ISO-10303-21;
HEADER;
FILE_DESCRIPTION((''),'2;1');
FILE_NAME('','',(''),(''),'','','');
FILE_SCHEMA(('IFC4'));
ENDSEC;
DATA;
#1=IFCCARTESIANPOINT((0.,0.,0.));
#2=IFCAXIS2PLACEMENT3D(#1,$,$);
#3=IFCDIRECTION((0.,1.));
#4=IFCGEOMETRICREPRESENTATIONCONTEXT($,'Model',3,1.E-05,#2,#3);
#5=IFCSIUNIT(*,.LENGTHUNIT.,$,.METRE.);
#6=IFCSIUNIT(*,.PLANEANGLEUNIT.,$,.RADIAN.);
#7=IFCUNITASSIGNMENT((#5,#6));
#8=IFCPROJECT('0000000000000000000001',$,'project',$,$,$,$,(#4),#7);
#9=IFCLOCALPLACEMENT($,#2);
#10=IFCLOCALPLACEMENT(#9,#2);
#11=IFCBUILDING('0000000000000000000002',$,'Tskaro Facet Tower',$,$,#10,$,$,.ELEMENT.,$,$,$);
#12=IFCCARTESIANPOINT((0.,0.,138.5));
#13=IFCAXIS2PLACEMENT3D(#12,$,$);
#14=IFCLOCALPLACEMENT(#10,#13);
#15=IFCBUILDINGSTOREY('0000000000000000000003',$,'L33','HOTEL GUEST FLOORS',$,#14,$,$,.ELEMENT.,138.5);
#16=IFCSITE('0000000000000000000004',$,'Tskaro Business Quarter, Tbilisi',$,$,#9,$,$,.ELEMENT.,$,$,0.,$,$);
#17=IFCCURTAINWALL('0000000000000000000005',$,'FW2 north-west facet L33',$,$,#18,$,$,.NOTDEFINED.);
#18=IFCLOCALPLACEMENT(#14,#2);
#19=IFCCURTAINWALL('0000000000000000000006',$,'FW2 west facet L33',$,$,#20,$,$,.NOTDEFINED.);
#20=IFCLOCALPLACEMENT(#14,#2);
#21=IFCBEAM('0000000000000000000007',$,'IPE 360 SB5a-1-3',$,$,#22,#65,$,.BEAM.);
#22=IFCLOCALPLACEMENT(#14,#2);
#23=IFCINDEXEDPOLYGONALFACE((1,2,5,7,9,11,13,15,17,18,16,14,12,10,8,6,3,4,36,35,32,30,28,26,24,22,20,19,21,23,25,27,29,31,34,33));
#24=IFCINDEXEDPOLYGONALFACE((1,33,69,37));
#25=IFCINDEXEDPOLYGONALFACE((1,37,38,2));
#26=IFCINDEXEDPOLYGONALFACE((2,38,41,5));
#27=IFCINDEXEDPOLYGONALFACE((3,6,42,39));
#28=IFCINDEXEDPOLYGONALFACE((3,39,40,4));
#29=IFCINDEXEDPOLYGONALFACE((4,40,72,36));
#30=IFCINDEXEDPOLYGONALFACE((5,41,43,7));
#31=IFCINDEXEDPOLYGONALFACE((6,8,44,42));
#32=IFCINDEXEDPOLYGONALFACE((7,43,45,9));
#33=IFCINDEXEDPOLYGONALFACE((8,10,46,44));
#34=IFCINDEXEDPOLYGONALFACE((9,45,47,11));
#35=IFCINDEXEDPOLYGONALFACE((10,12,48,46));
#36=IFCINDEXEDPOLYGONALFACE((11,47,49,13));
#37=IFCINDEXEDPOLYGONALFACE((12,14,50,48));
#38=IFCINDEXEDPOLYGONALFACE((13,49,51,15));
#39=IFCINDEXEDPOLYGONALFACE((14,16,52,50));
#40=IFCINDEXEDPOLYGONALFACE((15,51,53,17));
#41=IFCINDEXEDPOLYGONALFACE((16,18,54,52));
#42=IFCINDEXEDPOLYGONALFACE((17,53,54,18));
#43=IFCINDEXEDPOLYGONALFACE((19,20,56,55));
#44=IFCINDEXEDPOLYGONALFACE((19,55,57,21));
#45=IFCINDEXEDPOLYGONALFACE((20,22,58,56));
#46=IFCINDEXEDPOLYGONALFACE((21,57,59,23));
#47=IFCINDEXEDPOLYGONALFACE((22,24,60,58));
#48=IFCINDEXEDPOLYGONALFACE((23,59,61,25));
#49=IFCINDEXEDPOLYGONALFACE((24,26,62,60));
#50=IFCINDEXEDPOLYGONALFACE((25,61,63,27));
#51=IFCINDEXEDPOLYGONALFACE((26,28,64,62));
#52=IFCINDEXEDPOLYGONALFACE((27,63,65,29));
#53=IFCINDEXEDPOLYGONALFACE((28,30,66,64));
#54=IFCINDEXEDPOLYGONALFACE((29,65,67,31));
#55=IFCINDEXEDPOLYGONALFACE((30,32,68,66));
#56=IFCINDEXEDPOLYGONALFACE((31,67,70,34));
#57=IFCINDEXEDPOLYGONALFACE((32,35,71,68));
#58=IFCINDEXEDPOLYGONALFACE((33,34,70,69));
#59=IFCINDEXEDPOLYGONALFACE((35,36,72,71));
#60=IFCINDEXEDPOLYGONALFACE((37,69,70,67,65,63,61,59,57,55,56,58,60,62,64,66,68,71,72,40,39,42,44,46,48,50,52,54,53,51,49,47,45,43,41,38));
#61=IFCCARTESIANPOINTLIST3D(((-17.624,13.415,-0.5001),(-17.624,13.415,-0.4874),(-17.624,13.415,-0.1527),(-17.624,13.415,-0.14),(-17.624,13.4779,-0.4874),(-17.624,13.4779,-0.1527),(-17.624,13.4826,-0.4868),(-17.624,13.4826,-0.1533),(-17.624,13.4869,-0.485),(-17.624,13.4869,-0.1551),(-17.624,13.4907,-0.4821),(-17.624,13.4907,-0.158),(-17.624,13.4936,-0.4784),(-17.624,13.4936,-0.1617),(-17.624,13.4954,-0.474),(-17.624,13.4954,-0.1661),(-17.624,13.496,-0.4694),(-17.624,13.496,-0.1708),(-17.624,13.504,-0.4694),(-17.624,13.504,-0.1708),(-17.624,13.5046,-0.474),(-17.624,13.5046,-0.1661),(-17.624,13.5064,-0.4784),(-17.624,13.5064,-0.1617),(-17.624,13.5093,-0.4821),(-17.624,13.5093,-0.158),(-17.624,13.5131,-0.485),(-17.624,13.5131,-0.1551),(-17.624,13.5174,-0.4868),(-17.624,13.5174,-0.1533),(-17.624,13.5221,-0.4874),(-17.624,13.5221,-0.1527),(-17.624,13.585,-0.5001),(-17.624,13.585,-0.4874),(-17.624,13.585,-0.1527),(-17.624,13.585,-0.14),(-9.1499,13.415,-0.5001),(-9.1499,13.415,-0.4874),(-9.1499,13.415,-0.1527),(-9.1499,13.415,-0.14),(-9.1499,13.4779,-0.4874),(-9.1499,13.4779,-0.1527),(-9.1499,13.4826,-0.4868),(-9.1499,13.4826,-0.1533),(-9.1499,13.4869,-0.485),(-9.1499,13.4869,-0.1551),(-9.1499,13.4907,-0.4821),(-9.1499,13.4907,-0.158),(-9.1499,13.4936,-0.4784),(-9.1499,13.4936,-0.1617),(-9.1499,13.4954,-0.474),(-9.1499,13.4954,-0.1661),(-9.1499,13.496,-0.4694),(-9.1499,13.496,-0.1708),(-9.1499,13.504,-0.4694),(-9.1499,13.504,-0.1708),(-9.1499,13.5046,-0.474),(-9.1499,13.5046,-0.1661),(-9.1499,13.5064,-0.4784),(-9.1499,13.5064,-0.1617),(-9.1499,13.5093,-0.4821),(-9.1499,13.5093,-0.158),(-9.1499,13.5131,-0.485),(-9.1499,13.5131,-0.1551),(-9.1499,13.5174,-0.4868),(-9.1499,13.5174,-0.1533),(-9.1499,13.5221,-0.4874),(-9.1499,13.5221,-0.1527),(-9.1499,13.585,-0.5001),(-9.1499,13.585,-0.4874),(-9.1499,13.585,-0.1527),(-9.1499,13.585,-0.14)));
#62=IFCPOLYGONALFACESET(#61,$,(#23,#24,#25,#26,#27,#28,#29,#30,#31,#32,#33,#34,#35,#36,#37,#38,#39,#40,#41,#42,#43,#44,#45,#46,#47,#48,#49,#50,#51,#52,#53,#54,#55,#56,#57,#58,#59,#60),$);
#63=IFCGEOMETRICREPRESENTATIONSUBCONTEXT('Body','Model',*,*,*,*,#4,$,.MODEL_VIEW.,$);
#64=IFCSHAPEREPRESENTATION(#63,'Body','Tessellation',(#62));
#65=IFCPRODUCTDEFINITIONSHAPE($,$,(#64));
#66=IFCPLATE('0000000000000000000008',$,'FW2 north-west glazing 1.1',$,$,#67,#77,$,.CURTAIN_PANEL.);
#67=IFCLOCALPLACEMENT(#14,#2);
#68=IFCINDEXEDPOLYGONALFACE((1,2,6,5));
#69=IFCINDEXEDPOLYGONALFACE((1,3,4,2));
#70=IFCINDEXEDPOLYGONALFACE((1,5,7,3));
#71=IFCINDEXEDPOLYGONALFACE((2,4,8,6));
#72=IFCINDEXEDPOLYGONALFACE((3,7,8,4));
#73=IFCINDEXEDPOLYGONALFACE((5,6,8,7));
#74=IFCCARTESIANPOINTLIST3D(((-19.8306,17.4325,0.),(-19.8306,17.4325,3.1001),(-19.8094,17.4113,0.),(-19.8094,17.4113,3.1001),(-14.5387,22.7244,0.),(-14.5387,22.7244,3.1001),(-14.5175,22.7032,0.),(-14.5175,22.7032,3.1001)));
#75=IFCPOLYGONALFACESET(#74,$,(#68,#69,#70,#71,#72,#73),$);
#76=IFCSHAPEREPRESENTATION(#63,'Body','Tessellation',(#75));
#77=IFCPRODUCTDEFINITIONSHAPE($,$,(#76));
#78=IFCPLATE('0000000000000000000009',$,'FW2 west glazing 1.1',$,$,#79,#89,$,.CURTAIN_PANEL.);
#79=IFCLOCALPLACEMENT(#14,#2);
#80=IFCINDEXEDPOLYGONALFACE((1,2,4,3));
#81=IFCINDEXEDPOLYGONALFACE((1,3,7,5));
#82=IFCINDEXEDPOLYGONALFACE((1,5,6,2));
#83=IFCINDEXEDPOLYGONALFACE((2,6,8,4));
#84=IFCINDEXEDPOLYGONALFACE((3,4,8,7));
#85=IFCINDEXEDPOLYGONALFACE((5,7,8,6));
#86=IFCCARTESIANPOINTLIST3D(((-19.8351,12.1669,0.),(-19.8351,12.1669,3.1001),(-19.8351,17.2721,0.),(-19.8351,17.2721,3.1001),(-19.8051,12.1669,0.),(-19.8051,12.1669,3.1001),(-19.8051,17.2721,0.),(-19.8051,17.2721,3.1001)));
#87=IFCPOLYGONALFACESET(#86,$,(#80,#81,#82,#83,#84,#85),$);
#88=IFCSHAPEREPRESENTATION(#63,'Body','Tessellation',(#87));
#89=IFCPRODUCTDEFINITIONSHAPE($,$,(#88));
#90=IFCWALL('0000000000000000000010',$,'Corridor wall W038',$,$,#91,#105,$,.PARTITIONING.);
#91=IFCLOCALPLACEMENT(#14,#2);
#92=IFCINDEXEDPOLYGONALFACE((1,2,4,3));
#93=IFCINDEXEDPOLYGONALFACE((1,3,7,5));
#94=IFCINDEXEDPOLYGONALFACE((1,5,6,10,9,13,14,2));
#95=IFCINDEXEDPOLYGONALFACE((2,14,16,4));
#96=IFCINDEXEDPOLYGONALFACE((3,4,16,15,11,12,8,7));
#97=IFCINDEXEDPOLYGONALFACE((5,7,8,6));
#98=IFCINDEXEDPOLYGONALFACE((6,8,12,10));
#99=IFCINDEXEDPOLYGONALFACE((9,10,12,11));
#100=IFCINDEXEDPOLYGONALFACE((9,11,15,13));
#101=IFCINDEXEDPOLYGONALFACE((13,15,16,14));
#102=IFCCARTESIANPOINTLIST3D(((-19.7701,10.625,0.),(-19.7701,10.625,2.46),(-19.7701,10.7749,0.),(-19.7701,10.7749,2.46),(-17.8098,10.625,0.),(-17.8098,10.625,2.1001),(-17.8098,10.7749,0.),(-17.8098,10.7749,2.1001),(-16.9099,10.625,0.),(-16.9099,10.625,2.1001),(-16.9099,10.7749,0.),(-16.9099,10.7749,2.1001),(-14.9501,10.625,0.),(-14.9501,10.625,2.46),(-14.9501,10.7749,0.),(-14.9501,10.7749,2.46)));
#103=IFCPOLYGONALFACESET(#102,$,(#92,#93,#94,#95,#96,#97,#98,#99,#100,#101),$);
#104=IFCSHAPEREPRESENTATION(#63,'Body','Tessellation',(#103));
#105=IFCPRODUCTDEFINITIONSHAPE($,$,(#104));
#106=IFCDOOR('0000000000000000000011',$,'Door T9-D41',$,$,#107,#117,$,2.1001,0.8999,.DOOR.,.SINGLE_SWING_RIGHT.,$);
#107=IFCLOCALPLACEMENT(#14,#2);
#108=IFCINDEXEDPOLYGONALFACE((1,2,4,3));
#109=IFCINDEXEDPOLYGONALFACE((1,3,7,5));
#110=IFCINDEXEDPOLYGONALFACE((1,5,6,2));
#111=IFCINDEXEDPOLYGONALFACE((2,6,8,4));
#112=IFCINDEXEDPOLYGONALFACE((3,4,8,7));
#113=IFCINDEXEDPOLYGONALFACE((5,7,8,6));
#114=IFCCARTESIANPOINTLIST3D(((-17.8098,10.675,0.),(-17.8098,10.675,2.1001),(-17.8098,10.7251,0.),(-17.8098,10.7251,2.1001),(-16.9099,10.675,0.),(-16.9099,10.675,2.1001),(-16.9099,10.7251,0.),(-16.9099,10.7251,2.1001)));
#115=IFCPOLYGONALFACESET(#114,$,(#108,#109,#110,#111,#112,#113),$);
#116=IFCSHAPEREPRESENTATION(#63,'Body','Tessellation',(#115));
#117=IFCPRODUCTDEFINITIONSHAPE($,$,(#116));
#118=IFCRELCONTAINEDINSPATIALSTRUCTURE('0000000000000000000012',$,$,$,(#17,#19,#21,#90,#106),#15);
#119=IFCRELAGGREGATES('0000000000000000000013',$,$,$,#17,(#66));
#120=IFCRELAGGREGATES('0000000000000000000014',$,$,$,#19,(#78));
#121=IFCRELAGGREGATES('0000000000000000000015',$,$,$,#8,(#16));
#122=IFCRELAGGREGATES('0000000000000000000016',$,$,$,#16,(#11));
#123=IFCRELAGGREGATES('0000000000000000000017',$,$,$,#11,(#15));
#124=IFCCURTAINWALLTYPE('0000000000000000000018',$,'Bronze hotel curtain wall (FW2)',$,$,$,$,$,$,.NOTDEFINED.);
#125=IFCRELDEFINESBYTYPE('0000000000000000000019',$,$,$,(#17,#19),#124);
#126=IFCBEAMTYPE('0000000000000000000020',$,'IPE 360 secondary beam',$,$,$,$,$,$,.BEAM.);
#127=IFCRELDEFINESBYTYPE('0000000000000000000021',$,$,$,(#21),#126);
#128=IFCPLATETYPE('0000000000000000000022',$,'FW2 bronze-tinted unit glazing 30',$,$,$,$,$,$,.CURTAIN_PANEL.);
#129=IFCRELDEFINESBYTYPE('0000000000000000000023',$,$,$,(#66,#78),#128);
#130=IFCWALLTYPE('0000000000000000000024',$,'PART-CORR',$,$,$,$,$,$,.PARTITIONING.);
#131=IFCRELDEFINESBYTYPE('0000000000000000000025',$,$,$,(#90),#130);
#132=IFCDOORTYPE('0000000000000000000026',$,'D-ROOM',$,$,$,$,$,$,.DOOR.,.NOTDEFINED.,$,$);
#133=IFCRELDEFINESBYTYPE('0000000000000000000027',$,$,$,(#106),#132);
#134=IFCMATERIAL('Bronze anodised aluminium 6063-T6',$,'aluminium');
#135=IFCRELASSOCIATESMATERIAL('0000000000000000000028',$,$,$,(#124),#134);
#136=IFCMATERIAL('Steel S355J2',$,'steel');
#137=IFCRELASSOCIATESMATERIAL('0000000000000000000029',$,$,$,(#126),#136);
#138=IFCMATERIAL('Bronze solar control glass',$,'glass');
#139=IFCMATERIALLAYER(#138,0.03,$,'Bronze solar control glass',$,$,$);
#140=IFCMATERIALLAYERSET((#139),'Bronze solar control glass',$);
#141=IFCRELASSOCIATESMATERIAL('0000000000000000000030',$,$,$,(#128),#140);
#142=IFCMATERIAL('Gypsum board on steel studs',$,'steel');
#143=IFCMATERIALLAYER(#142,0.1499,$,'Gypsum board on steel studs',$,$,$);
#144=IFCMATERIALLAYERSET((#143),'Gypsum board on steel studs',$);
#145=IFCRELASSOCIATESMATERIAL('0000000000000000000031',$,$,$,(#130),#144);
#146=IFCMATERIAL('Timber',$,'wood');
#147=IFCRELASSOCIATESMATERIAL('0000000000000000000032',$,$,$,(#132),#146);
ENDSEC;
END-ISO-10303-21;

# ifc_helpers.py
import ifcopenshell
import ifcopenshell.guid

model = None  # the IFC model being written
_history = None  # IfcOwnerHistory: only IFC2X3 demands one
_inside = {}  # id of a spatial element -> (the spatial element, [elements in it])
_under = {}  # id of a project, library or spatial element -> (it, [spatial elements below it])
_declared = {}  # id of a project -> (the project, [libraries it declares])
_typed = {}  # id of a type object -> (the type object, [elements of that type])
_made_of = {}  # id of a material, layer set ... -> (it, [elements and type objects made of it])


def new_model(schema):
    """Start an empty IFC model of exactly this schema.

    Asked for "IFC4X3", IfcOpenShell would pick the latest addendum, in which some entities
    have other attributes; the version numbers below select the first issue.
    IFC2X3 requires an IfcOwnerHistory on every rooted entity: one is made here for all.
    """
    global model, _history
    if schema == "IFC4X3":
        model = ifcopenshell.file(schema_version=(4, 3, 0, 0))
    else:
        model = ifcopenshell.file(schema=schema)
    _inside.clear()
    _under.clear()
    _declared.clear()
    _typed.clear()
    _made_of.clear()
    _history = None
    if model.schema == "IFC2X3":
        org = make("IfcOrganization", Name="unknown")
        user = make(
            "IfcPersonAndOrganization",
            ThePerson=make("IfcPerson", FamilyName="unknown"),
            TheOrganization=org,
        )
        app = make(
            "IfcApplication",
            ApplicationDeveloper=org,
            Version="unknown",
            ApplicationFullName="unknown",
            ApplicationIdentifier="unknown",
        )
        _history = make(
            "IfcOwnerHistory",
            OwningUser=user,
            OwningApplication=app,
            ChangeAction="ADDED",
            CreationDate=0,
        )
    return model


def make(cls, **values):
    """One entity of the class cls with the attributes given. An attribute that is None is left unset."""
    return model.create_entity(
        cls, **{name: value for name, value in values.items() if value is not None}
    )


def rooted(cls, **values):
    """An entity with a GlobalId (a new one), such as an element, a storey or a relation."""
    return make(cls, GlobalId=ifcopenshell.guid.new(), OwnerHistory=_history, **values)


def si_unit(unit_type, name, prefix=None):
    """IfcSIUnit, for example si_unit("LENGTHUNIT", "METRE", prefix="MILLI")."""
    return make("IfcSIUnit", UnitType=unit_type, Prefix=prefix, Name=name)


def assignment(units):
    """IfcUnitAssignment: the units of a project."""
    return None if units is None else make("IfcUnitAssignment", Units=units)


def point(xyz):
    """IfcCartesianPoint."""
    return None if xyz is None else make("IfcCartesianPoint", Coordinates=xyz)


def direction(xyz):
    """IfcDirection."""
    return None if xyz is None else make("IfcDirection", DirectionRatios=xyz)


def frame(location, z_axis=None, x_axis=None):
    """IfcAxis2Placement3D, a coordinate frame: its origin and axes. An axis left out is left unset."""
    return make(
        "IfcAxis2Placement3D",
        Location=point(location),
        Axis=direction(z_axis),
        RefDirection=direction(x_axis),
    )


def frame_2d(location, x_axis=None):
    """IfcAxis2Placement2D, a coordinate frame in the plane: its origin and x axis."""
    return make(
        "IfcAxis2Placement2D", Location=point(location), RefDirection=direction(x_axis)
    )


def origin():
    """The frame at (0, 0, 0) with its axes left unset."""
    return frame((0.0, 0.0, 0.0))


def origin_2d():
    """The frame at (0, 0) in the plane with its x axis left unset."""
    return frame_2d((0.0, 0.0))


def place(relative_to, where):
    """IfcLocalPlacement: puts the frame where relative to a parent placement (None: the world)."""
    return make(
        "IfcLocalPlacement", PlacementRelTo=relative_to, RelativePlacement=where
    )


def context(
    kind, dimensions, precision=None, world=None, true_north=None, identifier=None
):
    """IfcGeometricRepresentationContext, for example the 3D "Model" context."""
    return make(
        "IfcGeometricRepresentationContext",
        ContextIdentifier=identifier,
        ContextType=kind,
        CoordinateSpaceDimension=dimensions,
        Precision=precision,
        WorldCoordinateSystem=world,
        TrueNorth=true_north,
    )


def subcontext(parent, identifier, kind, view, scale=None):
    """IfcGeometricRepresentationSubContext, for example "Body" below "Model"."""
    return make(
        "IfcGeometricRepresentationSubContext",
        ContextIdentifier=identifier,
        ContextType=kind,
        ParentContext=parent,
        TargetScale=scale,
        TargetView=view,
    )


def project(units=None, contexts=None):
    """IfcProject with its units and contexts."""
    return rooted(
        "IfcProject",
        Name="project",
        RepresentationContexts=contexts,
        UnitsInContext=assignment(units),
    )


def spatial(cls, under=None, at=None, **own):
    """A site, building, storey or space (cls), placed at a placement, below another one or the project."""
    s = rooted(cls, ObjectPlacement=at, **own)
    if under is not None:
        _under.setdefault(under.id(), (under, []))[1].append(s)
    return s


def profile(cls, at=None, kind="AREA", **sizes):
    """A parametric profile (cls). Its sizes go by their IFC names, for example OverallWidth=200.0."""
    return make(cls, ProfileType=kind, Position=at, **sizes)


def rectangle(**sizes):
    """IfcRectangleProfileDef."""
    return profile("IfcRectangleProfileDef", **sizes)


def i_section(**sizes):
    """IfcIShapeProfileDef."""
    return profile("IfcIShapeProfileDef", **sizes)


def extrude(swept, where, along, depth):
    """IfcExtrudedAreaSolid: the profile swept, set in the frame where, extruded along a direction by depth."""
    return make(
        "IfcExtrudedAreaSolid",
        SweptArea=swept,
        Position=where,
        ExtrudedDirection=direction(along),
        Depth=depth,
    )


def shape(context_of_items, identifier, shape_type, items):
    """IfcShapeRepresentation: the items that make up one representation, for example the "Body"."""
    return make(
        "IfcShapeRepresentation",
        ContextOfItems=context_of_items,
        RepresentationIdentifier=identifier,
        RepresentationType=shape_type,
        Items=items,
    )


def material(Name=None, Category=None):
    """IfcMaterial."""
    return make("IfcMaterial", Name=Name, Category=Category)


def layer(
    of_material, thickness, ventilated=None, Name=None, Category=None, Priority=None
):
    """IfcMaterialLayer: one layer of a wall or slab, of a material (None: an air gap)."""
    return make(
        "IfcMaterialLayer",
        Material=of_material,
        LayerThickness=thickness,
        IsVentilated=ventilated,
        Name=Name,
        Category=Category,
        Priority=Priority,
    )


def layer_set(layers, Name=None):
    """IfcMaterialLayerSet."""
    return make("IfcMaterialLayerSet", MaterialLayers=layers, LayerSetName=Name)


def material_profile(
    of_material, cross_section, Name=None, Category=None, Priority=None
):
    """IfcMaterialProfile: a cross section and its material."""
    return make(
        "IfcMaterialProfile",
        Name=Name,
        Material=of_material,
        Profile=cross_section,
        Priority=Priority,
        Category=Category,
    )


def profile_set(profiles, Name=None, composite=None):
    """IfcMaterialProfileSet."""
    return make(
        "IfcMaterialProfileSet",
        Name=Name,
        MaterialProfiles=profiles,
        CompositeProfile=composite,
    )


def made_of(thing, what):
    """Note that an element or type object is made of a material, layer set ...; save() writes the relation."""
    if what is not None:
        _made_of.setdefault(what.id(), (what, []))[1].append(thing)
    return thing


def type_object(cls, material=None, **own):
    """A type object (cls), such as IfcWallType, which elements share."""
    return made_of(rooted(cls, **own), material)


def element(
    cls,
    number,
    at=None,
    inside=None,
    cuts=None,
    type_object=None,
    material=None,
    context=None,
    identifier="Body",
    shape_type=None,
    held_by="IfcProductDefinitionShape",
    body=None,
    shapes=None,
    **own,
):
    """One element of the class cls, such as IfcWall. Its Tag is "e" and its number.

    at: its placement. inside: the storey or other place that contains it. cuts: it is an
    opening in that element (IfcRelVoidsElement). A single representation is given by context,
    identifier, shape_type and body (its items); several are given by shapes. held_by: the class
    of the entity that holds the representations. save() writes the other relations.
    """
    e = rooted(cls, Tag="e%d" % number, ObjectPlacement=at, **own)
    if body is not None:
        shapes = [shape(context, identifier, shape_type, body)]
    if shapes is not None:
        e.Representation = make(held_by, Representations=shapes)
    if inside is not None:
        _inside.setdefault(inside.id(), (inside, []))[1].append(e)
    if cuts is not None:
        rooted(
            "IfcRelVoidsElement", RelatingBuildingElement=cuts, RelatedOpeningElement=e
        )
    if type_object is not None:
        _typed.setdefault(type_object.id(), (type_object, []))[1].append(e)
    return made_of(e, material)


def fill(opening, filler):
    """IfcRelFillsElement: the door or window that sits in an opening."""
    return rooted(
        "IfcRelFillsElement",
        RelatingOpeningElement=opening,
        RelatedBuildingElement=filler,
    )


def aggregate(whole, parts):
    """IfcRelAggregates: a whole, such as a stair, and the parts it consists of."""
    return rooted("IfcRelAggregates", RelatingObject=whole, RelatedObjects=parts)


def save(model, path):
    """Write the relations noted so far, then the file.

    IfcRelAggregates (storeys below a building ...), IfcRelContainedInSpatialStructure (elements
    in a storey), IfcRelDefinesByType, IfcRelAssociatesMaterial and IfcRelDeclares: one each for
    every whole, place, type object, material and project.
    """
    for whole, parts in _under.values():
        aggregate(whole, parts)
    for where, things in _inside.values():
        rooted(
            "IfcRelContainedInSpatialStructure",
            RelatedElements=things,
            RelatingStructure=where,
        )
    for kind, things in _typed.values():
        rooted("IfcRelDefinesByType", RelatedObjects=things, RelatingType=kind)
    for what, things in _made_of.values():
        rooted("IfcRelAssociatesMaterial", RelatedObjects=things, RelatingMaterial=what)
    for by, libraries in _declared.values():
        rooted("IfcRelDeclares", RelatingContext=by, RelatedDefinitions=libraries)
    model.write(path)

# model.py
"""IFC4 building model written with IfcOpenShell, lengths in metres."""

from ifc_helpers import new_model, si_unit, direction, frame, frame_2d, origin, origin_2d, place, context, subcontext, project, spatial, rectangle, i_section, extrude, material, layer, layer_set, material_profile, profile_set, type_object, element, fill, aggregate, save


model = new_model("IFC4")

# Units and contexts
model_context = context("Model", 3, precision=1e-05, world=origin(), true_north=direction((0.0, 1.0)))
body_context = subcontext(model_context, "Body", "Model", "MODEL_VIEW")
ifc_project = project(units=[si_unit("LENGTHUNIT", "METRE"), si_unit("PLANEANGLEUNIT", "RADIAN")], contexts=[model_context])

# Site, building, storey
site_placement = place(None, origin())
site = spatial("IfcSite", under=ifc_project, at=site_placement, Name="Tskaro Business Quarter, Tbilisi", CompositionType="ELEMENT", RefElevation=0.0)
building_placement = place(site_placement, origin())
building = spatial("IfcBuilding", under=site, at=building_placement, Name="Tskaro Facet Tower", CompositionType="ELEMENT")
storey_placement = place(building_placement, frame((0.0, 0.0, 138.5)))
storey = spatial("IfcBuildingStorey", under=building, at=storey_placement, Name="L33", Description="HOTEL GUEST FLOORS", CompositionType="ELEMENT", Elevation=138.5)

# Curtain wall
ifc_material_1 = material(Name="Bronze anodised aluminium 6063-T6", Category="aluminium")
curtain_wall_type = type_object("IfcCurtainWallType", Name="Bronze hotel curtain wall (FW2)", PredefinedType="NOTDEFINED", material=ifc_material_1)
curtain_wall_1_placement = place(storey_placement, origin())
curtain_wall_1 = element("IfcCurtainWall", 1, at=curtain_wall_1_placement, inside=storey, type_object=curtain_wall_type, Name="FW2 north-west facet L33", PredefinedType="NOTDEFINED")

# Curtain wall
curtain_wall_2_placement = place(storey_placement, origin())
curtain_wall_2 = element("IfcCurtainWall", 2, at=curtain_wall_2_placement, inside=storey, type_object=curtain_wall_type, Name="FW2 west facet L33", PredefinedType="NOTDEFINED")

# Beam
ifc_material_2 = material(Name="Steel S355J2", Category="steel")
ifc_material_profile_1 = material_profile(ifc_material_2, i_section(OverallWidth=0.1699, OverallDepth=0.3601, WebThickness=0.0081, FlangeThickness=0.0127, FilletRadius=0.0181, at=origin_2d()), Name="IPE 360")
ifc_profile_set_1 = profile_set([ifc_material_profile_1], Name="Steel S355J2")
beam_type_1 = type_object("IfcBeamType", Name="IPE 360 secondary beam", PredefinedType="BEAM", material=ifc_profile_set_1)
beam_1_placement = place(storey_placement, frame((-17.624, 13.5, -0.3201), z_axis=(1.0, 0.0, 0.0), x_axis=(0.0, 1.0, 0.0)))
element("IfcBeam", 3, at=beam_1_placement, inside=storey, type_object=beam_type_1, Name="IPE 360 SB5a-1-3", PredefinedType="BEAM", context=body_context, shape_type="SweptSolid", body=[
    extrude(i_section(OverallWidth=0.1699, OverallDepth=0.3601, WebThickness=0.0081, FlangeThickness=0.0127, FilletRadius=0.0181, at=origin_2d()), origin(), (0.0, 0.0, 1.0), 8.4741),
])

# Plates
ifc_material_3 = material(Name="Bronze solar control glass", Category="glass")
ifc_layer_1 = layer(ifc_material_3, 0.03, Name="Bronze solar control glass")
ifc_layer_set_1 = layer_set([ifc_layer_1], Name="Bronze solar control glass")
plate_type = type_object("IfcPlateType", Name="FW2 bronze-tinted unit glazing 30", PredefinedType="CURTAIN_PANEL", material=ifc_layer_set_1)
plate_1_placement = place(storey_placement, frame((-17.1741, 20.0679, 0.0), z_axis=(0.0, 0.0, 1.0), x_axis=(-0.707107, -0.707107, 0.0)))
plate_1 = element("IfcPlate", 4, at=plate_1_placement, type_object=plate_type, Name="FW2 north-west glazing 1.1", PredefinedType="CURTAIN_PANEL", context=body_context, shape_type="SweptSolid", body=[
    extrude(rectangle(XDim=7.4839, YDim=0.03, at=origin_2d()), origin(), (0.0, 0.0, 1.0), 3.1001),
])
aggregate(curtain_wall_1, [plate_1])
plate_2_placement = place(storey_placement, frame((-19.8201, 14.7195, 0.0), z_axis=(0.0, 0.0, 1.0), x_axis=(0.0, -1.0, 0.0)))
plate_2 = element("IfcPlate", 5, at=plate_2_placement, type_object=plate_type, Name="FW2 west glazing 1.1", PredefinedType="CURTAIN_PANEL", context=body_context, shape_type="SweptSolid", body=[
    extrude(rectangle(XDim=5.1052, YDim=0.03, at=origin_2d()), origin(), (0.0, 0.0, 1.0), 3.1001),
])
aggregate(curtain_wall_2, [plate_2])

# Wall, opening, door
ifc_material_4 = material(Name="Gypsum board on steel studs", Category="steel")
ifc_layer_2 = layer(ifc_material_4, 0.1499, Name="Gypsum board on steel studs")
ifc_layer_set_2 = layer_set([ifc_layer_2], Name="Gypsum board on steel studs")
wall_type_1 = type_object("IfcWallType", Name="PART-CORR", PredefinedType="PARTITIONING", material=ifc_layer_set_2)
wall_1_placement = place(storey_placement, frame((-14.95, 10.7, 0.0), z_axis=(0.0, 0.0, 1.0), x_axis=(-1.0, 0.0, 0.0)))
wall_1 = element("IfcWall", 6, at=wall_1_placement, inside=storey, type_object=wall_type_1, Name="Corridor wall W038", PredefinedType="PARTITIONING", context=body_context, shape_type="SweptSolid", body=[
    extrude(rectangle(XDim=4.8201, YDim=0.1499, at=frame_2d((2.4102, 0.0))), origin(), (0.0, 0.0, 1.0), 2.46),
])
opening_1_placement = place(wall_1_placement, frame((1.96, 0.0, 0.0)))
opening_1 = element("IfcOpeningElement", 7, at=opening_1_placement, cuts=wall_1, PredefinedType="OPENING", context=body_context, shape_type="SweptSolid", body=[
    extrude(rectangle(XDim=0.8999, YDim=2.1001, at=frame_2d((0.45, 1.05))), frame((0.0, 0.085, 0.0), z_axis=(0.0, -1.0, 0.0), x_axis=(1.0, 0.0, 0.0)), (0.0, 0.0, 1.0), 0.1699),
])
ifc_material_5 = material(Name="Timber", Category="wood")
door_type_1 = type_object("IfcDoorType", Name="D-ROOM", OperationType="NOTDEFINED", PredefinedType="DOOR", material=ifc_material_5)
door_1_placement = place(opening_1_placement, origin())
door_1 = element("IfcDoor", 8, at=door_1_placement, inside=storey, type_object=door_type_1, Name="Door T9-D41", OperationType="SINGLE_SWING_RIGHT", OverallHeight=2.1001, OverallWidth=0.8999, PredefinedType="DOOR", context=body_context, shape_type="SweptSolid", body=[
    extrude(rectangle(XDim=0.8999, YDim=2.1001, at=frame_2d((0.45, 1.05))), frame((0.0, 0.0249, 0.0), z_axis=(0.0, -1.0, 0.0), x_axis=(1.0, 0.0, 0.0)), (0.0, 0.0, 1.0), 0.05),
])
fill(opening_1, door_1)

save(model, "model.ifc")
